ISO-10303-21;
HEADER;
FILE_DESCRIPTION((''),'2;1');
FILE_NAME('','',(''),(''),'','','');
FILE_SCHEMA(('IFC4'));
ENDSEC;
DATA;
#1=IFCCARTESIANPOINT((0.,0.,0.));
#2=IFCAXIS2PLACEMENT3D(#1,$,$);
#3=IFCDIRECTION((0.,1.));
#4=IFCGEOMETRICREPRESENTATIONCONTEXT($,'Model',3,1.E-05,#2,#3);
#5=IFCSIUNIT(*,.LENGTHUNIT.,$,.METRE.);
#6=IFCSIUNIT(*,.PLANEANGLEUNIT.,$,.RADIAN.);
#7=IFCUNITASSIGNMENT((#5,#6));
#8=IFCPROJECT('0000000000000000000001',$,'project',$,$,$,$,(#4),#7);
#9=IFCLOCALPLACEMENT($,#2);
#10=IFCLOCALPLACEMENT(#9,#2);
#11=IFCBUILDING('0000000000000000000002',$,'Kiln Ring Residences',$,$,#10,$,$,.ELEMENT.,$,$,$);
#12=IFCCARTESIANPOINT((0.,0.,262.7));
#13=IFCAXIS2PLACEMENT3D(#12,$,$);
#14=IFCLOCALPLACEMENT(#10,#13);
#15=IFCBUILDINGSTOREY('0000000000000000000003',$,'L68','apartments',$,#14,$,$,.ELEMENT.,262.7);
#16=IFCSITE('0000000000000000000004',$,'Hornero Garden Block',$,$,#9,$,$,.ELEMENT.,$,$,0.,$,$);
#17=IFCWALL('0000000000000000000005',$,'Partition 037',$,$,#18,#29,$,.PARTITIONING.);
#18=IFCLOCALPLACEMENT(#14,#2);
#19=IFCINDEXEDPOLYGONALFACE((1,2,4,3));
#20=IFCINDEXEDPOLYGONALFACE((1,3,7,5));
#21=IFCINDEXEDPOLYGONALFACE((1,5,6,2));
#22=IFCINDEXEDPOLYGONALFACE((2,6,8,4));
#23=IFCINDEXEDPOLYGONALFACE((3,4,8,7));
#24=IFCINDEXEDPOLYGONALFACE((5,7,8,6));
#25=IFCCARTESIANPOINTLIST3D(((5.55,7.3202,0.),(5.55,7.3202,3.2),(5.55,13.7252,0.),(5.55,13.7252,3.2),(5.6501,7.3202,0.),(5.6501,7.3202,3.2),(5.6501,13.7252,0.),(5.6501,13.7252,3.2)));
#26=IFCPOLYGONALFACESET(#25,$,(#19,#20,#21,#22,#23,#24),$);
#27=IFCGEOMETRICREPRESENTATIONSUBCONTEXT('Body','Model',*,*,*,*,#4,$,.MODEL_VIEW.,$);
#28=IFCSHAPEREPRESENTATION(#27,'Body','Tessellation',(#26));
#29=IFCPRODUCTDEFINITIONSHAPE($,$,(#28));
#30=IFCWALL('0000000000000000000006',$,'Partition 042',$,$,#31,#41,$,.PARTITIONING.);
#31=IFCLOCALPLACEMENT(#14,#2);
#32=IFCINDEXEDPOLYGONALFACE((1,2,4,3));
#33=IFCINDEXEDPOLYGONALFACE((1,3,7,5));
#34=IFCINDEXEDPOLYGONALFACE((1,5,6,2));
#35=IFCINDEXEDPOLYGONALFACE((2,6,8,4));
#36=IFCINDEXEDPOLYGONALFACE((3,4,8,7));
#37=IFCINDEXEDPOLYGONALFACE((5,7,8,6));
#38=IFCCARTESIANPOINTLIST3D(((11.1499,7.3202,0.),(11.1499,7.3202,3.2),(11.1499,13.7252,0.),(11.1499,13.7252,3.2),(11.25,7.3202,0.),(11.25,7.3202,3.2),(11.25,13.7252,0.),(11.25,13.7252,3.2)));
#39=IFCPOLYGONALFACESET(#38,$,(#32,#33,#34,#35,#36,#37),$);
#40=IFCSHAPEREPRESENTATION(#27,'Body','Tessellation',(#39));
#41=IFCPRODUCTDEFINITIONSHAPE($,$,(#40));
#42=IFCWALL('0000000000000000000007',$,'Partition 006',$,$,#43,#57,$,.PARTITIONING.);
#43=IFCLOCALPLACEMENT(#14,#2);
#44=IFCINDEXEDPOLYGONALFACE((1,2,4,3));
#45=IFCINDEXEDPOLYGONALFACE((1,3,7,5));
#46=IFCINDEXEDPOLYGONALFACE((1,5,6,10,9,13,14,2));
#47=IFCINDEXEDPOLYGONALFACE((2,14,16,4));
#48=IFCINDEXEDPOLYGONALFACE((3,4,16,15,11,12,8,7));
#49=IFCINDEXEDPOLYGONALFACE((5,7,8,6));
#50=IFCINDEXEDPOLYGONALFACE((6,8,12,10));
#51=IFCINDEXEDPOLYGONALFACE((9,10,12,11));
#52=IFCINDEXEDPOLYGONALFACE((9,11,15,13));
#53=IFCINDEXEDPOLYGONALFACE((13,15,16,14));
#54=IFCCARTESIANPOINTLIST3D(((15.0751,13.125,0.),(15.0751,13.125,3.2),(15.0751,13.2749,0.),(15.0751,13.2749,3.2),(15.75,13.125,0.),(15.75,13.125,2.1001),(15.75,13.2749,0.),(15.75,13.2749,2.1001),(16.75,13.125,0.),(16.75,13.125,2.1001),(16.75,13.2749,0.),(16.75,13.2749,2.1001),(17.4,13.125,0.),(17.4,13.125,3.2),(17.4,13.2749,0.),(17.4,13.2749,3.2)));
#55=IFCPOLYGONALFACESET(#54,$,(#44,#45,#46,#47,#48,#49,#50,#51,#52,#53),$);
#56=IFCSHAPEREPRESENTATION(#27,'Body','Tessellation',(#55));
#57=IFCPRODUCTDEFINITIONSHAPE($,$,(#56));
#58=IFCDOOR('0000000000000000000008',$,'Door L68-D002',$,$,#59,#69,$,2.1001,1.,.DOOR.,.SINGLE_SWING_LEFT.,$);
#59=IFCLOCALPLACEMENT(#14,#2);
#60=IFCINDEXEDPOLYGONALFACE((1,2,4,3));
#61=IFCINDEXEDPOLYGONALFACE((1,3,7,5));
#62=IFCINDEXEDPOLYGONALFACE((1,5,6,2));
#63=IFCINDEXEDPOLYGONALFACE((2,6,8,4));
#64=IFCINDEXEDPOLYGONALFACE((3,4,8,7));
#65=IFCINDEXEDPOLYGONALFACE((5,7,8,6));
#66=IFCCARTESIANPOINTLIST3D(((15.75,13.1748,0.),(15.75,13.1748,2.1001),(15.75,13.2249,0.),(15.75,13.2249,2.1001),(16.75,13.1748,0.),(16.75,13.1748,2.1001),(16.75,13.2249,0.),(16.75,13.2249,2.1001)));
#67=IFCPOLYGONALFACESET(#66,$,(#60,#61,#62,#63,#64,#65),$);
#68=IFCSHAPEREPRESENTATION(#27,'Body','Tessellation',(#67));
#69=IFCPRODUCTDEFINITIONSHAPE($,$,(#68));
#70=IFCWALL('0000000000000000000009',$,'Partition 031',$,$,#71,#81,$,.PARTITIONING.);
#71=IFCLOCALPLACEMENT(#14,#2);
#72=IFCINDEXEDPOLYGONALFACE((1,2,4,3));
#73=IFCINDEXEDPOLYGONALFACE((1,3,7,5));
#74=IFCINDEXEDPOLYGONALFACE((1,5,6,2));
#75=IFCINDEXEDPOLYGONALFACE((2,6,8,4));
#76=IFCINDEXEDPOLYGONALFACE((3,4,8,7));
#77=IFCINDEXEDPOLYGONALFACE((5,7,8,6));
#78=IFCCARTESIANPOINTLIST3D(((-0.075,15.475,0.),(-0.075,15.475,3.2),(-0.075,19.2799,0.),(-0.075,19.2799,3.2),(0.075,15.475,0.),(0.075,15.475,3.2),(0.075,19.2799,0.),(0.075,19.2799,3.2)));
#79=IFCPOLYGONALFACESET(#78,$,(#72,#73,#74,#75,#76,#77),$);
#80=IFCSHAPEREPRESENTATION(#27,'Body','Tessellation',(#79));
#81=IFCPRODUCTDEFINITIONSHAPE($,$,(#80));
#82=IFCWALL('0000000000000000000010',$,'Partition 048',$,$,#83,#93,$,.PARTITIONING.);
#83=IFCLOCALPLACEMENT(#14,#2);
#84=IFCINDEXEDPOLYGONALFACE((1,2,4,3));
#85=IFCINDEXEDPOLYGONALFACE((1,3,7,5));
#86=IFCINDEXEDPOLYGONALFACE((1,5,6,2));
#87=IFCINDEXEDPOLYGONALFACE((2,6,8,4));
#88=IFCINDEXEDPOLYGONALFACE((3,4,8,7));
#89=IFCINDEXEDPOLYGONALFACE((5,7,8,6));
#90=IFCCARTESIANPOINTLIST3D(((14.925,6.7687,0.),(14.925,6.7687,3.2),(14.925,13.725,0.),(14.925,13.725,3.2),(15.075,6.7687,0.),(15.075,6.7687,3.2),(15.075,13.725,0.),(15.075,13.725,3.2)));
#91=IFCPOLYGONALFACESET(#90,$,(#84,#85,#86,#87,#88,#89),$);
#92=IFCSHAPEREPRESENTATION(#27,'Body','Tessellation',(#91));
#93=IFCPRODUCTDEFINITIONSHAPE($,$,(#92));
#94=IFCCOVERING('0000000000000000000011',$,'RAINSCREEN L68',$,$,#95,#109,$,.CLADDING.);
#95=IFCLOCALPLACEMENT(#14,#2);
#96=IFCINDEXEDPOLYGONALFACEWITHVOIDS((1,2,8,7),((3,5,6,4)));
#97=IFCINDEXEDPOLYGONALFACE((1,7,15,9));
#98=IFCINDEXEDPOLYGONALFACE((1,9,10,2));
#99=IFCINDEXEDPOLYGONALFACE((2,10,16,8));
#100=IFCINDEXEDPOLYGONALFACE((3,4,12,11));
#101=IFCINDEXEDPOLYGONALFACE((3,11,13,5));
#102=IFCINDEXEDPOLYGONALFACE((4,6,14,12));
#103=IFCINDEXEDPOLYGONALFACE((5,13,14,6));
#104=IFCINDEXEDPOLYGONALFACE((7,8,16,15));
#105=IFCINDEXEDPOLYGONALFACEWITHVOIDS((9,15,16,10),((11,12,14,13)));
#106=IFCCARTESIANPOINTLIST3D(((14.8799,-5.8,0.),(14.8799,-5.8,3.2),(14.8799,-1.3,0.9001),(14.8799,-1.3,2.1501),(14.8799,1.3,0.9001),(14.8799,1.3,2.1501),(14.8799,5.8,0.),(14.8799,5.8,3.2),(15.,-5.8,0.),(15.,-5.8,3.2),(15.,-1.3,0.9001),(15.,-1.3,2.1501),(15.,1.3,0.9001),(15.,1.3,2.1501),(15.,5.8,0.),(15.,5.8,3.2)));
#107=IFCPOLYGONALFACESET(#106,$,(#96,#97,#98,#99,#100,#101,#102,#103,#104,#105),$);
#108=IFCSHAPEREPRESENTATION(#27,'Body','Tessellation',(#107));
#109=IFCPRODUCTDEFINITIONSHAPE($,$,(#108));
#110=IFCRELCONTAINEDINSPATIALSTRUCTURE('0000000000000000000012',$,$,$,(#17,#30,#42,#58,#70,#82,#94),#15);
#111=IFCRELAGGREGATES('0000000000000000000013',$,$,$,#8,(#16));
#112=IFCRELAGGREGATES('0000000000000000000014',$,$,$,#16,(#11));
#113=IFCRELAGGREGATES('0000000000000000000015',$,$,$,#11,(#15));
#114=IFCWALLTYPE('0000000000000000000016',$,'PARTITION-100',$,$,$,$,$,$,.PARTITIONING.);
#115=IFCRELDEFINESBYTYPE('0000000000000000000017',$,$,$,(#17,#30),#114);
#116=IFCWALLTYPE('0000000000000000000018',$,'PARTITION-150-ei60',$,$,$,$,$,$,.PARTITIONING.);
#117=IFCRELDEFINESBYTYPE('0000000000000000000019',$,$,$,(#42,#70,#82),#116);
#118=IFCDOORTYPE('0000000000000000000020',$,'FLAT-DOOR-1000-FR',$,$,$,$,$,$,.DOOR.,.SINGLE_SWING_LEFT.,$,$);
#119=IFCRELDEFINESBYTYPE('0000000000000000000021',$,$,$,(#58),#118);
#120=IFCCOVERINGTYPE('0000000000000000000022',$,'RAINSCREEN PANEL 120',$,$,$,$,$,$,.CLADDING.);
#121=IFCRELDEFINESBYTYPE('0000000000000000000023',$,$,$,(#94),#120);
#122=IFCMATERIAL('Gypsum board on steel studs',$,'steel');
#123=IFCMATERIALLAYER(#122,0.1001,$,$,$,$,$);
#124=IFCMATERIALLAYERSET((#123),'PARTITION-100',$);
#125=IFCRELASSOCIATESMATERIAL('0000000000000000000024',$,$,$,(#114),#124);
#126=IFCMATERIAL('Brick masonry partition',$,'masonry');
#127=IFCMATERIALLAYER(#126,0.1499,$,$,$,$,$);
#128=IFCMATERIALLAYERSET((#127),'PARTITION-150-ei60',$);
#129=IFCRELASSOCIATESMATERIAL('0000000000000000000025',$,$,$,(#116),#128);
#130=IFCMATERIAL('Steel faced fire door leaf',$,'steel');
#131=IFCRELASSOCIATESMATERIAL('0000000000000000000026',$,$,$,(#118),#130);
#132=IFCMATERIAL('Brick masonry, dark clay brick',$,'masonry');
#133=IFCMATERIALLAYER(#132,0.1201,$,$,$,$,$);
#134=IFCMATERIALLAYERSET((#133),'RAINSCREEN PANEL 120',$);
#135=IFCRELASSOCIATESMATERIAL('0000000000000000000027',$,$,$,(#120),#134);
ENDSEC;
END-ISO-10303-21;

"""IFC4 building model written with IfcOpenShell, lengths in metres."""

from ifc_helpers import new_model, si_unit, direction, frame, frame_2d, origin, place, context, subcontext, project, spatial, polyline, rectangle, outline, extrude, material, layer, layer_set, type_object, element, fill, save


model = new_model("IFC4")

# Units and contexts
model_context = context("Model", 3, precision=1e-05, world=origin(), true_north=direction((0.0, 1.0)))
body_context = subcontext(model_context, "Body", "Model", "MODEL_VIEW")
ifc_project = project(units=[si_unit("LENGTHUNIT", "METRE"), si_unit("PLANEANGLEUNIT", "RADIAN")], contexts=[model_context])

# Site, building, storey
site_placement = place(None, origin())
site = spatial("IfcSite", under=ifc_project, at=site_placement, Name="Hornero Garden Block", CompositionType="ELEMENT", RefElevation=0.0)
building_placement = place(site_placement, origin())
building = spatial("IfcBuilding", under=site, at=building_placement, Name="Kiln Ring Residences", CompositionType="ELEMENT")
storey_placement = place(building_placement, frame((0.0, 0.0, 262.7)))
storey = spatial("IfcBuildingStorey", under=building, at=storey_placement, Name="L68", Description="apartments", CompositionType="ELEMENT", Elevation=262.7)

# Walls
ifc_material_1 = material(Name="Gypsum board on steel studs", Category="steel")
ifc_layer_1 = layer(ifc_material_1, 0.1001)
ifc_layer_set_1 = layer_set([ifc_layer_1], Name="PARTITION-100")
wall_type_1 = type_object("IfcWallType", Name="PARTITION-100", PredefinedType="PARTITIONING", material=ifc_layer_set_1)
for number, where, z_axis, x_axis, name in (
    (1, (5.6001, 7.3201, 0.0), (0.0, 0.0, 1.0), (0.0, 1.0, 0.0), "Partition 037"),
    (2, (11.2, 7.3201, 0.0), (0.0, 0.0, 1.0), (0.0, 1.0, 0.0), "Partition 042"),
):
    element("IfcWall", number, at=place(storey_placement, frame(where, z_axis=z_axis, x_axis=x_axis)), inside=storey, type_object=wall_type_1, Name=name, PredefinedType="PARTITIONING", context=body_context, shape_type="SweptSolid", body=[
        extrude(rectangle(XDim=6.405, YDim=0.1001, at=frame_2d((3.2026, 0.0))), origin(), (0.0, 0.0, 1.0), 3.2),
    ])

# Wall, opening, door
ifc_material_2 = material(Name="Brick masonry partition", Category="masonry")
ifc_layer_2 = layer(ifc_material_2, 0.1499)
ifc_layer_set_2 = layer_set([ifc_layer_2], Name="PARTITION-150-ei60")
wall_type_2 = type_object("IfcWallType", Name="PARTITION-150-ei60", PredefinedType="PARTITIONING", material=ifc_layer_set_2)
wall_1_placement = place(storey_placement, frame((15.075, 13.2, 0.0), z_axis=(0.0, 0.0, 1.0), x_axis=(1.0, 0.0, 0.0)))
wall_1 = element("IfcWall", 3, at=wall_1_placement, inside=storey, type_object=wall_type_2, Name="Partition 006", PredefinedType="PARTITIONING", context=body_context, shape_type="SweptSolid", body=[
    extrude(rectangle(XDim=2.325, YDim=0.1499, at=frame_2d((1.1626, 0.0))), origin(), (0.0, 0.0, 1.0), 3.2),
])
opening_placement = place(wall_1_placement, frame((0.675, 0.0, 0.0)))
opening = element("IfcOpeningElement", 4, at=opening_placement, cuts=wall_1, PredefinedType="OPENING", context=body_context, shape_type="SweptSolid", body=[
    extrude(rectangle(XDim=1.0, YDim=2.1001, at=frame_2d((0.5, 1.05))), frame((0.0, 0.085, 0.0), z_axis=(0.0, -1.0, 0.0), x_axis=(1.0, 0.0, 0.0)), (0.0, 0.0, 1.0), 0.1699),
])
ifc_material_3 = material(Name="Steel faced fire door leaf", Category="steel")
door_type = type_object("IfcDoorType", Name="FLAT-DOOR-1000-FR", OperationType="SINGLE_SWING_LEFT", PredefinedType="DOOR", material=ifc_material_3)
door_placement = place(opening_placement, origin())
door = element("IfcDoor", 5, at=door_placement, inside=storey, type_object=door_type, Name="Door L68-D002", OperationType="SINGLE_SWING_LEFT", OverallHeight=2.1001, OverallWidth=1.0, PredefinedType="DOOR", context=body_context, shape_type="SweptSolid", body=[
    extrude(rectangle(XDim=1.0, YDim=2.1001, at=frame_2d((0.5, 1.05))), frame((0.0, 0.0249, 0.0), z_axis=(0.0, -1.0, 0.0), x_axis=(1.0, 0.0, 0.0)), (0.0, 0.0, 1.0), 0.05),
])
fill(opening, door)

# Walls
wall_2_placement = place(storey_placement, frame((0.0, 15.4751, 0.0), z_axis=(0.0, 0.0, 1.0), x_axis=(0.0, 1.0, 0.0)))
element("IfcWall", 6, at=wall_2_placement, inside=storey, type_object=wall_type_2, Name="Partition 031", PredefinedType="PARTITIONING", context=body_context, shape_type="SweptSolid", body=[
    extrude(rectangle(XDim=3.8049, YDim=0.1499, at=frame_2d((1.9023, 0.0))), origin(), (0.0, 0.0, 1.0), 3.2),
])
wall_3_placement = place(storey_placement, frame((15.0, 6.7688, 0.0), z_axis=(0.0, 0.0, 1.0), x_axis=(0.0, 1.0, 0.0)))
element("IfcWall", 7, at=wall_3_placement, inside=storey, type_object=wall_type_2, Name="Partition 048", PredefinedType="PARTITIONING", context=body_context, shape_type="SweptSolid", body=[
    extrude(rectangle(XDim=6.9563, YDim=0.1499, at=frame_2d((3.478, 0.0))), origin(), (0.0, 0.0, 1.0), 3.2),
])

# Covering
ifc_material_4 = material(Name="Brick masonry, dark clay brick", Category="masonry")
ifc_layer_3 = layer(ifc_material_4, 0.1201)
ifc_layer_set_3 = layer_set([ifc_layer_3], Name="RAINSCREEN PANEL 120")
covering_type = type_object("IfcCoveringType", Name="RAINSCREEN PANEL 120", PredefinedType="CLADDING", material=ifc_layer_set_3)
covering_placement = place(storey_placement, frame((14.9399, 5.8, 0.0), z_axis=(0.0, 0.0, 1.0), x_axis=(0.0, -1.0, 0.0)))
element("IfcCovering", 8, at=covering_placement, inside=storey, type_object=covering_type, Name="RAINSCREEN L68", PredefinedType="CLADDING", context=body_context, shape_type="SweptSolid", body=[
    extrude(outline(polyline([(0.0, 0.0), (11.6001, 0.0), (11.6001, 3.2), (0.0, 3.2), (0.0, 0.0)]), holes=[polyline([(4.5, 2.1501), (4.5, 0.9001), (7.1001, 0.9001), (7.1001, 2.1501), (4.5, 2.1501)])]), frame((0.0, 0.0601, 0.0), z_axis=(0.0, -1.0, 0.0), x_axis=(1.0, 0.0, 0.0)), (0.0, 0.0, 1.0), 0.1201),
])

save(model, "model.ifc")
